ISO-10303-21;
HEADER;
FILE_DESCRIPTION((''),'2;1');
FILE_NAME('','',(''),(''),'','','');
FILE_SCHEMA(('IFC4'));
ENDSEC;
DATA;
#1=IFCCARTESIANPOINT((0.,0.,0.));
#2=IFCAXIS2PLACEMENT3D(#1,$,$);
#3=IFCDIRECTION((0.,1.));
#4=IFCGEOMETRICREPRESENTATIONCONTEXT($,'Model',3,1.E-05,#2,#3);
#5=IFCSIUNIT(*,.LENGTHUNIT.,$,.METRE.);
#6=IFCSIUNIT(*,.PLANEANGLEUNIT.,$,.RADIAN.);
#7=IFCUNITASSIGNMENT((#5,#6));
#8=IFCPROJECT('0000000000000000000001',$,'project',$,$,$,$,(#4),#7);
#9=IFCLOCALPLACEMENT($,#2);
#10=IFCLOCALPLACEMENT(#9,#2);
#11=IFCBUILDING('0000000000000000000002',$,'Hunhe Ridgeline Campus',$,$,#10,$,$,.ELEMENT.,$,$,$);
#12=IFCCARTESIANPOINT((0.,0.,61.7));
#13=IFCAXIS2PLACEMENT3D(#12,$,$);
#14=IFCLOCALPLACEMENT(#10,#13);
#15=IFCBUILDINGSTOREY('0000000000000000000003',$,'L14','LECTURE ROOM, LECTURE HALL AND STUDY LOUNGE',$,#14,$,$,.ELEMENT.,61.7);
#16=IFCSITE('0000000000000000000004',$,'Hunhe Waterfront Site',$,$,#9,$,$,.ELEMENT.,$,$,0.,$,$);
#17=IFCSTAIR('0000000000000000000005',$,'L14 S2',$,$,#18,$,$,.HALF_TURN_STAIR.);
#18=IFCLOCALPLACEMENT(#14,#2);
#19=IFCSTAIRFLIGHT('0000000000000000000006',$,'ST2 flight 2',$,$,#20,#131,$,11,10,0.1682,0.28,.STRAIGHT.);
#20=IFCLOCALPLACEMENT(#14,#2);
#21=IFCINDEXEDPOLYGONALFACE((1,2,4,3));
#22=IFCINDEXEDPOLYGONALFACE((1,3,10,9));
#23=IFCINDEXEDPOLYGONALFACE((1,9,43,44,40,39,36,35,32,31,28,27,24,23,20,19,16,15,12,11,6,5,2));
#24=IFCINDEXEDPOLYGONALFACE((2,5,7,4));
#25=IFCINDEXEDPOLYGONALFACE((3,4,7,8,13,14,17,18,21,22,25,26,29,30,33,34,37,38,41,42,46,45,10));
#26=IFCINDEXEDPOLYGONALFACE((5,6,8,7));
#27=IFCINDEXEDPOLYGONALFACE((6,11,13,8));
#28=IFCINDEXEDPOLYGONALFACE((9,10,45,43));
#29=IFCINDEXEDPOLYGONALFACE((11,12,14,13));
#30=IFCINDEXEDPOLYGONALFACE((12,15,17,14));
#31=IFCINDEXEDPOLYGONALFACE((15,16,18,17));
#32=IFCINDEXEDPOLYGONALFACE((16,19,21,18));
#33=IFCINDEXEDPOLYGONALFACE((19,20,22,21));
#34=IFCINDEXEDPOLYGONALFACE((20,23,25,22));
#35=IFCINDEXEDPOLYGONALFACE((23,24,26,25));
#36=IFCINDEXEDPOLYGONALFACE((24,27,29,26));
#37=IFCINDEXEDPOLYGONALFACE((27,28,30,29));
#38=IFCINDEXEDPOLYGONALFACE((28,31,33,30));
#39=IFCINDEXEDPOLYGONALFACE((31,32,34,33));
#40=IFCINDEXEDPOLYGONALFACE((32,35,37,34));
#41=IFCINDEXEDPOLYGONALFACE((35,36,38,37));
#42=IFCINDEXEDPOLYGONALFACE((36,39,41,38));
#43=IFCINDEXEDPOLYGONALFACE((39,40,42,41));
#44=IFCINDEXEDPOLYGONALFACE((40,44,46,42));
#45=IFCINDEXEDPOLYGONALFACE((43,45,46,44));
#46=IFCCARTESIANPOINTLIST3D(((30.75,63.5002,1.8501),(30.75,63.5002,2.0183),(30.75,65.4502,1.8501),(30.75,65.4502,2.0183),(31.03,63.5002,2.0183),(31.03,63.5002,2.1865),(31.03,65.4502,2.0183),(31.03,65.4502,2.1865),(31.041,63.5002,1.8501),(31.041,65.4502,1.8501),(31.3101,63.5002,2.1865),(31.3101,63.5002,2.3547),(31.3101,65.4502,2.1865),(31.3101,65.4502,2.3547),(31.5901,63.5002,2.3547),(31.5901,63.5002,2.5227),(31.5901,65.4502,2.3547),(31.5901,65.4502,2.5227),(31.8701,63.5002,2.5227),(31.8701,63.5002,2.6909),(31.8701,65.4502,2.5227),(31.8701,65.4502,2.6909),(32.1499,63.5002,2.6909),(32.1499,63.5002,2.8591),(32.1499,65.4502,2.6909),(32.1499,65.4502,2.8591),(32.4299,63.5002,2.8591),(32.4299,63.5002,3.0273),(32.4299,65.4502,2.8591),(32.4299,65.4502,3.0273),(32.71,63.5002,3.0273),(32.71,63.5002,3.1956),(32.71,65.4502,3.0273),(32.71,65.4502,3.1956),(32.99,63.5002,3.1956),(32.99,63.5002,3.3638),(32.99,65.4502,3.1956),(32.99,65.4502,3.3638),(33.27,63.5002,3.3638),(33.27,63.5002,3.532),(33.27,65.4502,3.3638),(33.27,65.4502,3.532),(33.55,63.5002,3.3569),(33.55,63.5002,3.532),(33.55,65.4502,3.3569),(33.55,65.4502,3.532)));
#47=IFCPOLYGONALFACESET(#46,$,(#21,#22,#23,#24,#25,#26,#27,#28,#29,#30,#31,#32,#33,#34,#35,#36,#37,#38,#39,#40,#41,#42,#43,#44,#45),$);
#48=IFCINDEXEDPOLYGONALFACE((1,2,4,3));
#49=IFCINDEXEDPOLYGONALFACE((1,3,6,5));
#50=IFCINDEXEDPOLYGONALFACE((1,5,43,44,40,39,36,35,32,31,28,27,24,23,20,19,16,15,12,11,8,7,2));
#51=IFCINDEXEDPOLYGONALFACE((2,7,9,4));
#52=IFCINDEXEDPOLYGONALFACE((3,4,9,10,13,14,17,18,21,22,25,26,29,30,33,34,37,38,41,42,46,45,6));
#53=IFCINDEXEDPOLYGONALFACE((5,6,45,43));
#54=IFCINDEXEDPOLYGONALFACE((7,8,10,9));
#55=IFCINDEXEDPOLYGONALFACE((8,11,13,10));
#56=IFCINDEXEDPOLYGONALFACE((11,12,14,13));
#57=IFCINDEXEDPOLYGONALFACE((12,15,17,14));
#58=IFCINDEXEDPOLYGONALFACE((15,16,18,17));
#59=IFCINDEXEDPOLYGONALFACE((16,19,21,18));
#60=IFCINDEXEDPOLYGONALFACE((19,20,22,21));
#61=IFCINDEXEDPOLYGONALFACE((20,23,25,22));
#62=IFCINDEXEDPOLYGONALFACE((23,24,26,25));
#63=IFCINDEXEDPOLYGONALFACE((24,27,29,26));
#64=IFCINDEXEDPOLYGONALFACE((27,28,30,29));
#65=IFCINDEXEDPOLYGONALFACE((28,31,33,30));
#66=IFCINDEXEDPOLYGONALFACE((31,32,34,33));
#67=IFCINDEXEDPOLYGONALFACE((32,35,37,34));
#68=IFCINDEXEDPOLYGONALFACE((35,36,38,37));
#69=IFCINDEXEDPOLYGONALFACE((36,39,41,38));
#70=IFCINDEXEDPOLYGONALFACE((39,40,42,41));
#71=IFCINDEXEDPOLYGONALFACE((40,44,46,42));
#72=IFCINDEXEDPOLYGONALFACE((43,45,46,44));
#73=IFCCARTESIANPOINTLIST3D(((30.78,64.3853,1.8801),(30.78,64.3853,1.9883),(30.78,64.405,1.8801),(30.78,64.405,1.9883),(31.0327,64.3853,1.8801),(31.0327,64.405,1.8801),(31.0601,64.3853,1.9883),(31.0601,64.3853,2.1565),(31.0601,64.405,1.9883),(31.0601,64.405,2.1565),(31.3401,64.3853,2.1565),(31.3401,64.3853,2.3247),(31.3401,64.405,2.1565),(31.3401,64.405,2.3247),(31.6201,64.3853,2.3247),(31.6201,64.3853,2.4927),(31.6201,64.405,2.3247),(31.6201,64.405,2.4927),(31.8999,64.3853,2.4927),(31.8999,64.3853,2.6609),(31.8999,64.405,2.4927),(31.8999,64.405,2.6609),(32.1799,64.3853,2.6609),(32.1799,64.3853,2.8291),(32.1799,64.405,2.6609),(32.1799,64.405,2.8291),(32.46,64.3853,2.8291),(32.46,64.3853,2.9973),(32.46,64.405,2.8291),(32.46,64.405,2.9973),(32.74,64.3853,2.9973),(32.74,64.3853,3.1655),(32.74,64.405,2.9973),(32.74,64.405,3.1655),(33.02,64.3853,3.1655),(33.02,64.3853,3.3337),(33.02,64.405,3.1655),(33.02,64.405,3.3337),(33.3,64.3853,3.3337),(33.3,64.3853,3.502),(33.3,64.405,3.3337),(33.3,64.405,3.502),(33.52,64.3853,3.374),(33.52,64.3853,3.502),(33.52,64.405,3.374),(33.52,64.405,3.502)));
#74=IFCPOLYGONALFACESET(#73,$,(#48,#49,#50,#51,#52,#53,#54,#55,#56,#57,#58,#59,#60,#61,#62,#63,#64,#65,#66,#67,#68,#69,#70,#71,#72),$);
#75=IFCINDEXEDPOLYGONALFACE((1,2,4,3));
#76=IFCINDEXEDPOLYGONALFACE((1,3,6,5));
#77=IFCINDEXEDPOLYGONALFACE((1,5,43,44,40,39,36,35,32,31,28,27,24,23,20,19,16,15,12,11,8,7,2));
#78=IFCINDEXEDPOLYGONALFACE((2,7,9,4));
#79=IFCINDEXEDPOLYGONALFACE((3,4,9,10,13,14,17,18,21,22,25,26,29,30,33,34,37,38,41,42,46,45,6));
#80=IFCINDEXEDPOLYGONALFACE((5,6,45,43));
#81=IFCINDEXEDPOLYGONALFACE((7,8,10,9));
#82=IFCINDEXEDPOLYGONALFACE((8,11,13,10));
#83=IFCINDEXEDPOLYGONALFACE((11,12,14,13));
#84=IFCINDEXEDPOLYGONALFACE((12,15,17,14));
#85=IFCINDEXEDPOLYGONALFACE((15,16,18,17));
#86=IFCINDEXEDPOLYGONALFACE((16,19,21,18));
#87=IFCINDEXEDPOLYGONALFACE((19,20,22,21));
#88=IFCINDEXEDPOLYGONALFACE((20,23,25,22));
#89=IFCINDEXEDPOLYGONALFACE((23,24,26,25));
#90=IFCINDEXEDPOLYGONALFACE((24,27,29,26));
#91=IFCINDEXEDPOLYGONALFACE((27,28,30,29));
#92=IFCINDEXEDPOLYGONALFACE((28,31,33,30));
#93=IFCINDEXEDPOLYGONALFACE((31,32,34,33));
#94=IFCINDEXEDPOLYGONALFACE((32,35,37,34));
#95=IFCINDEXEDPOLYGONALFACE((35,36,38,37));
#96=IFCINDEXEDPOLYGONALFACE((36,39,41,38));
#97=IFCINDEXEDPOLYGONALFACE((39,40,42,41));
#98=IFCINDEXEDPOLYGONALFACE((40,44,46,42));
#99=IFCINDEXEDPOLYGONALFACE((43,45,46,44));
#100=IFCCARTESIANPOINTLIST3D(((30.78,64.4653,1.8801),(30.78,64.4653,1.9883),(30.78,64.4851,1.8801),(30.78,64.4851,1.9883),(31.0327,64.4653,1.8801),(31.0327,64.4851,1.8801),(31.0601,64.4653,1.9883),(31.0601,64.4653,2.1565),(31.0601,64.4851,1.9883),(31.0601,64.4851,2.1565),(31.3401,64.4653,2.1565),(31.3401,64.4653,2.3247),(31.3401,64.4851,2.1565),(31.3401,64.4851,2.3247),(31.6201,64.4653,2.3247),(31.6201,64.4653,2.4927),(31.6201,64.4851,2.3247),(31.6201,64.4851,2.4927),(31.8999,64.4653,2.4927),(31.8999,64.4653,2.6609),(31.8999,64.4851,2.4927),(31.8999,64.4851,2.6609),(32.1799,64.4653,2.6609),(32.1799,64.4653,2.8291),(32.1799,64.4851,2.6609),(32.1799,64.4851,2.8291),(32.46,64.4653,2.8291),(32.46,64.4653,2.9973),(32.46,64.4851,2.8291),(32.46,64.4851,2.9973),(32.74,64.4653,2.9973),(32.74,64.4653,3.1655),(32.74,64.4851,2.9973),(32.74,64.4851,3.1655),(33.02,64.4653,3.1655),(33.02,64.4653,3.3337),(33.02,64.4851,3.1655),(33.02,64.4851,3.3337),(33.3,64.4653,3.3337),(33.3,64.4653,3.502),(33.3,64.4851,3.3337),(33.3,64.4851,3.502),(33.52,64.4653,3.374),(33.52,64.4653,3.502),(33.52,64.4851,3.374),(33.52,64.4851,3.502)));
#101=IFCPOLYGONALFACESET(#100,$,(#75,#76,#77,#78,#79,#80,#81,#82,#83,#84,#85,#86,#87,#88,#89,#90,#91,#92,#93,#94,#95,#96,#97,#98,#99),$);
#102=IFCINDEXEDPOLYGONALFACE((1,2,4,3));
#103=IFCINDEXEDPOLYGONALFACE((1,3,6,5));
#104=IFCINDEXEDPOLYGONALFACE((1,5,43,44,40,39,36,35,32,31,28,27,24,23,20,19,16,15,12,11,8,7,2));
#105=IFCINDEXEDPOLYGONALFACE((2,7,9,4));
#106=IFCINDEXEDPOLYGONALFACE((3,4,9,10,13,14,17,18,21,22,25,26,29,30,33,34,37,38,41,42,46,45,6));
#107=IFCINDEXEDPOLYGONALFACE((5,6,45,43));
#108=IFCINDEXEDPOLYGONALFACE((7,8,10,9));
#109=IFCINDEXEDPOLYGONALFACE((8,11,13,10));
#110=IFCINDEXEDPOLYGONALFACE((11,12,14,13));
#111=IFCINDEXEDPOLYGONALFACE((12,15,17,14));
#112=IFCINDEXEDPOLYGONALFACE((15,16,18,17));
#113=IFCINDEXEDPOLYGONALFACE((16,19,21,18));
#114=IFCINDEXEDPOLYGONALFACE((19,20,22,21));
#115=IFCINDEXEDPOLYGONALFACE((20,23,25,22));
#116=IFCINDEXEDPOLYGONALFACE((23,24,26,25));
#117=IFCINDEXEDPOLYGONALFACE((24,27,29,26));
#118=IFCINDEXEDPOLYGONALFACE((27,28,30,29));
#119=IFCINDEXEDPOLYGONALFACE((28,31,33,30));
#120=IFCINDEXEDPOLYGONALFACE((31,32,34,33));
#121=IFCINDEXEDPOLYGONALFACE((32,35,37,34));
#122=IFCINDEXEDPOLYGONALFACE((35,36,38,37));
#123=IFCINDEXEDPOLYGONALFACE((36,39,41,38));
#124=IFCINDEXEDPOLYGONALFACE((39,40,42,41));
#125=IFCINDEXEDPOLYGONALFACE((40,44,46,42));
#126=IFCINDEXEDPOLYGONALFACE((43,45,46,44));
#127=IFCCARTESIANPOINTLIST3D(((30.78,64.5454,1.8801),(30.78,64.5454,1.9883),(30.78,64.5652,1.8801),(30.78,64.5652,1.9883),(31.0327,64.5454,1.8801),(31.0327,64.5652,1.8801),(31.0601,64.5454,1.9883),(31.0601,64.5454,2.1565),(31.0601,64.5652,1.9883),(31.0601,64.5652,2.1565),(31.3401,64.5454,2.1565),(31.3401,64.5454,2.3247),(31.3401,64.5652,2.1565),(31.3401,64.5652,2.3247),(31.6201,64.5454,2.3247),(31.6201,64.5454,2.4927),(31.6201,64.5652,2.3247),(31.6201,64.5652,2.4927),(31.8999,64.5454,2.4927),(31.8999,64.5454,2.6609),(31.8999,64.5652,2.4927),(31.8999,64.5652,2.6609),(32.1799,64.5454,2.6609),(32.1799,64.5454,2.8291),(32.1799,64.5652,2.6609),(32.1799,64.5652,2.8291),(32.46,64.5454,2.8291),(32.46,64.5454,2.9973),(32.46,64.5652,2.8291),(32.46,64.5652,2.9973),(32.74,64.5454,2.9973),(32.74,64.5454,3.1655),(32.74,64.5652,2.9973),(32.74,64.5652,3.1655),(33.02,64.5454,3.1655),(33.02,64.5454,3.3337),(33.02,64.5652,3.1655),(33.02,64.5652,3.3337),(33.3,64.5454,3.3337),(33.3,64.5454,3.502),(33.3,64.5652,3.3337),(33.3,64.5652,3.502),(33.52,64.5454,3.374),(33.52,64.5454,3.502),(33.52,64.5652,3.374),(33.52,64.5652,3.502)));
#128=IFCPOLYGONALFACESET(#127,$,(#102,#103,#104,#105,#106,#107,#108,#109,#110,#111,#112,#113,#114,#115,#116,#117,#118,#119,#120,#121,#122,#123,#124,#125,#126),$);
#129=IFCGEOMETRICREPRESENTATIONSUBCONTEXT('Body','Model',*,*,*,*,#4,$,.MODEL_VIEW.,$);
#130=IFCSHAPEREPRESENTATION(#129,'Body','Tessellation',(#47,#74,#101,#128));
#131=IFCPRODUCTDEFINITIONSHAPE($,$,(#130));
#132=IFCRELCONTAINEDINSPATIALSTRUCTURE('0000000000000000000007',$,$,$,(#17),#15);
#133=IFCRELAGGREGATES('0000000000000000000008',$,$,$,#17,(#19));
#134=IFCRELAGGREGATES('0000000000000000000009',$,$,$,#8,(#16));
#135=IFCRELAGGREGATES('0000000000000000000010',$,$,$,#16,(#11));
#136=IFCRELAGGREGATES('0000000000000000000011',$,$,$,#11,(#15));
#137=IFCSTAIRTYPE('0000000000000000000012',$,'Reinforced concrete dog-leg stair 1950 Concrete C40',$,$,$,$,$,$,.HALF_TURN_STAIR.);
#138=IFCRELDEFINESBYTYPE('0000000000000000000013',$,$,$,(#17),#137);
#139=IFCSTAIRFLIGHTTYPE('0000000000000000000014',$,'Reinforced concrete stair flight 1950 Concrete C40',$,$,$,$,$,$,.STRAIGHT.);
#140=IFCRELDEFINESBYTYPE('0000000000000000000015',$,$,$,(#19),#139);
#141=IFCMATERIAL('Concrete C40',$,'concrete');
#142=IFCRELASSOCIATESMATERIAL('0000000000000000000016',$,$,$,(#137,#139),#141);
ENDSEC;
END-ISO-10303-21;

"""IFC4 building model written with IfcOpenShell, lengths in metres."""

from ifc_helpers import new_model, si_unit, direction, frame, origin, place, context, subcontext, project, spatial, polyline, outline, extrude, material, type_object, element, aggregate, save


model = new_model("IFC4")

# Units and contexts
model_context = context("Model", 3, precision=1e-05, world=origin(), true_north=direction((0.0, 1.0)))
body_context = subcontext(model_context, "Body", "Model", "MODEL_VIEW")
ifc_project = project(units=[si_unit("LENGTHUNIT", "METRE"), si_unit("PLANEANGLEUNIT", "RADIAN")], contexts=[model_context])

# Site, building, storey
site_placement = place(None, origin())
site = spatial("IfcSite", under=ifc_project, at=site_placement, Name="Hunhe Waterfront Site", CompositionType="ELEMENT", RefElevation=0.0)
building_placement = place(site_placement, origin())
building = spatial("IfcBuilding", under=site, at=building_placement, Name="Hunhe Ridgeline Campus", CompositionType="ELEMENT")
storey_placement = place(building_placement, frame((0.0, 0.0, 61.7)))
storey = spatial("IfcBuildingStorey", under=building, at=storey_placement, Name="L14", Description="LECTURE ROOM, LECTURE HALL AND STUDY LOUNGE", CompositionType="ELEMENT", Elevation=61.7)

# Stair, stair flight
ifc_material_1 = material(Name="Concrete C40", Category="concrete")
stair_type = type_object("IfcStairType", Name="Reinforced concrete dog-leg stair 1950 Concrete C40", PredefinedType="HALF_TURN_STAIR", material=ifc_material_1)
stair_placement = place(storey_placement, origin())
stair = element("IfcStair", 1, at=stair_placement, inside=storey, type_object=stair_type, Name="L14 S2", PredefinedType="HALF_TURN_STAIR")
stair_flight_type = type_object("IfcStairFlightType", Name="Reinforced concrete stair flight 1950 Concrete C40", PredefinedType="STRAIGHT", material=ifc_material_1)
stair_flight_1_placement = place(storey_placement, frame((30.75, 64.4751, 1.8501), z_axis=(0.0, 0.0, 1.0), x_axis=(1.0, 0.0, 0.0)))
stair_flight_1 = element("IfcStairFlight", 2, at=stair_flight_1_placement, type_object=stair_flight_type, Name="ST2 flight 2", NumberOfRisers=11, NumberOfTreads=10, PredefinedType="STRAIGHT", RiserHeight=0.1682, TreadLength=0.28, context=body_context, shape_type="SweptSolid", body=[
    extrude(outline(polyline([(0.0, 0.0), (0.0, 0.1682), (0.28, 0.1682), (0.28, 0.3364), (0.5601, 0.3364), (0.5601, 0.5046), (0.8401, 0.5046), (0.8401, 0.6726), (1.1201, 0.6726), (1.1201, 0.8408), (1.3999, 0.8408), (1.3999, 1.009), (1.6799, 1.009), (1.6799, 1.1772), (1.96, 1.1772), (1.96, 1.3455), (2.24, 1.3455), (2.24, 1.5137), (2.52, 1.5137), (2.52, 1.6819), (2.8, 1.6819), (2.8, 1.8501), (2.8, 1.5068), (0.291, 0.0), (0.0, 0.0)])), frame((0.0, 0.9751, 0.0), z_axis=(0.0, -1.0, 0.0), x_axis=(1.0, 0.0, 0.0)), (0.0, 0.0, 1.0), 1.95),
    extrude(outline(polyline([(0.03, 0.03), (0.03, 0.1382), (0.3101, 0.1382), (0.3101, 0.3064), (0.5901, 0.3064), (0.5901, 0.4746), (0.8701, 0.4746), (0.8701, 0.6426), (1.1499, 0.6426), (1.1499, 0.8108), (1.4299, 0.8108), (1.4299, 0.979), (1.71, 0.979), (1.71, 1.1472), (1.99, 1.1472), (1.99, 1.3154), (2.27, 1.3154), (2.27, 1.4836), (2.55, 1.4836), (2.55, 1.6519), (2.77, 1.6519), (2.77, 1.5239), (0.2827, 0.03), (0.03, 0.03)])), frame((0.0, -0.0701, 0.0), z_axis=(0.0, -1.0, 0.0), x_axis=(1.0, 0.0, 0.0)), (0.0, 0.0, 1.0), 0.0198),
    extrude(outline(polyline([(0.03, 0.03), (0.03, 0.1382), (0.3101, 0.1382), (0.3101, 0.3064), (0.5901, 0.3064), (0.5901, 0.4746), (0.8701, 0.4746), (0.8701, 0.6426), (1.1499, 0.6426), (1.1499, 0.8108), (1.4299, 0.8108), (1.4299, 0.979), (1.71, 0.979), (1.71, 1.1472), (1.99, 1.1472), (1.99, 1.3154), (2.27, 1.3154), (2.27, 1.4836), (2.55, 1.4836), (2.55, 1.6519), (2.77, 1.6519), (2.77, 1.5239), (0.2827, 0.03), (0.03, 0.03)])), frame((0.0, 0.01, 0.0), z_axis=(0.0, -1.0, 0.0), x_axis=(1.0, 0.0, 0.0)), (0.0, 0.0, 1.0), 0.0198),
    extrude(outline(polyline([(0.03, 0.03), (0.03, 0.1382), (0.3101, 0.1382), (0.3101, 0.3064), (0.5901, 0.3064), (0.5901, 0.4746), (0.8701, 0.4746), (0.8701, 0.6426), (1.1499, 0.6426), (1.1499, 0.8108), (1.4299, 0.8108), (1.4299, 0.979), (1.71, 0.979), (1.71, 1.1472), (1.99, 1.1472), (1.99, 1.3154), (2.27, 1.3154), (2.27, 1.4836), (2.55, 1.4836), (2.55, 1.6519), (2.77, 1.6519), (2.77, 1.5239), (0.2827, 0.03), (0.03, 0.03)])), frame((0.0, 0.0901, 0.0), z_axis=(0.0, -1.0, 0.0), x_axis=(1.0, 0.0, 0.0)), (0.0, 0.0, 1.0), 0.0198),
])
aggregate(stair, [stair_flight_1])

save(model, "model.ifc")
